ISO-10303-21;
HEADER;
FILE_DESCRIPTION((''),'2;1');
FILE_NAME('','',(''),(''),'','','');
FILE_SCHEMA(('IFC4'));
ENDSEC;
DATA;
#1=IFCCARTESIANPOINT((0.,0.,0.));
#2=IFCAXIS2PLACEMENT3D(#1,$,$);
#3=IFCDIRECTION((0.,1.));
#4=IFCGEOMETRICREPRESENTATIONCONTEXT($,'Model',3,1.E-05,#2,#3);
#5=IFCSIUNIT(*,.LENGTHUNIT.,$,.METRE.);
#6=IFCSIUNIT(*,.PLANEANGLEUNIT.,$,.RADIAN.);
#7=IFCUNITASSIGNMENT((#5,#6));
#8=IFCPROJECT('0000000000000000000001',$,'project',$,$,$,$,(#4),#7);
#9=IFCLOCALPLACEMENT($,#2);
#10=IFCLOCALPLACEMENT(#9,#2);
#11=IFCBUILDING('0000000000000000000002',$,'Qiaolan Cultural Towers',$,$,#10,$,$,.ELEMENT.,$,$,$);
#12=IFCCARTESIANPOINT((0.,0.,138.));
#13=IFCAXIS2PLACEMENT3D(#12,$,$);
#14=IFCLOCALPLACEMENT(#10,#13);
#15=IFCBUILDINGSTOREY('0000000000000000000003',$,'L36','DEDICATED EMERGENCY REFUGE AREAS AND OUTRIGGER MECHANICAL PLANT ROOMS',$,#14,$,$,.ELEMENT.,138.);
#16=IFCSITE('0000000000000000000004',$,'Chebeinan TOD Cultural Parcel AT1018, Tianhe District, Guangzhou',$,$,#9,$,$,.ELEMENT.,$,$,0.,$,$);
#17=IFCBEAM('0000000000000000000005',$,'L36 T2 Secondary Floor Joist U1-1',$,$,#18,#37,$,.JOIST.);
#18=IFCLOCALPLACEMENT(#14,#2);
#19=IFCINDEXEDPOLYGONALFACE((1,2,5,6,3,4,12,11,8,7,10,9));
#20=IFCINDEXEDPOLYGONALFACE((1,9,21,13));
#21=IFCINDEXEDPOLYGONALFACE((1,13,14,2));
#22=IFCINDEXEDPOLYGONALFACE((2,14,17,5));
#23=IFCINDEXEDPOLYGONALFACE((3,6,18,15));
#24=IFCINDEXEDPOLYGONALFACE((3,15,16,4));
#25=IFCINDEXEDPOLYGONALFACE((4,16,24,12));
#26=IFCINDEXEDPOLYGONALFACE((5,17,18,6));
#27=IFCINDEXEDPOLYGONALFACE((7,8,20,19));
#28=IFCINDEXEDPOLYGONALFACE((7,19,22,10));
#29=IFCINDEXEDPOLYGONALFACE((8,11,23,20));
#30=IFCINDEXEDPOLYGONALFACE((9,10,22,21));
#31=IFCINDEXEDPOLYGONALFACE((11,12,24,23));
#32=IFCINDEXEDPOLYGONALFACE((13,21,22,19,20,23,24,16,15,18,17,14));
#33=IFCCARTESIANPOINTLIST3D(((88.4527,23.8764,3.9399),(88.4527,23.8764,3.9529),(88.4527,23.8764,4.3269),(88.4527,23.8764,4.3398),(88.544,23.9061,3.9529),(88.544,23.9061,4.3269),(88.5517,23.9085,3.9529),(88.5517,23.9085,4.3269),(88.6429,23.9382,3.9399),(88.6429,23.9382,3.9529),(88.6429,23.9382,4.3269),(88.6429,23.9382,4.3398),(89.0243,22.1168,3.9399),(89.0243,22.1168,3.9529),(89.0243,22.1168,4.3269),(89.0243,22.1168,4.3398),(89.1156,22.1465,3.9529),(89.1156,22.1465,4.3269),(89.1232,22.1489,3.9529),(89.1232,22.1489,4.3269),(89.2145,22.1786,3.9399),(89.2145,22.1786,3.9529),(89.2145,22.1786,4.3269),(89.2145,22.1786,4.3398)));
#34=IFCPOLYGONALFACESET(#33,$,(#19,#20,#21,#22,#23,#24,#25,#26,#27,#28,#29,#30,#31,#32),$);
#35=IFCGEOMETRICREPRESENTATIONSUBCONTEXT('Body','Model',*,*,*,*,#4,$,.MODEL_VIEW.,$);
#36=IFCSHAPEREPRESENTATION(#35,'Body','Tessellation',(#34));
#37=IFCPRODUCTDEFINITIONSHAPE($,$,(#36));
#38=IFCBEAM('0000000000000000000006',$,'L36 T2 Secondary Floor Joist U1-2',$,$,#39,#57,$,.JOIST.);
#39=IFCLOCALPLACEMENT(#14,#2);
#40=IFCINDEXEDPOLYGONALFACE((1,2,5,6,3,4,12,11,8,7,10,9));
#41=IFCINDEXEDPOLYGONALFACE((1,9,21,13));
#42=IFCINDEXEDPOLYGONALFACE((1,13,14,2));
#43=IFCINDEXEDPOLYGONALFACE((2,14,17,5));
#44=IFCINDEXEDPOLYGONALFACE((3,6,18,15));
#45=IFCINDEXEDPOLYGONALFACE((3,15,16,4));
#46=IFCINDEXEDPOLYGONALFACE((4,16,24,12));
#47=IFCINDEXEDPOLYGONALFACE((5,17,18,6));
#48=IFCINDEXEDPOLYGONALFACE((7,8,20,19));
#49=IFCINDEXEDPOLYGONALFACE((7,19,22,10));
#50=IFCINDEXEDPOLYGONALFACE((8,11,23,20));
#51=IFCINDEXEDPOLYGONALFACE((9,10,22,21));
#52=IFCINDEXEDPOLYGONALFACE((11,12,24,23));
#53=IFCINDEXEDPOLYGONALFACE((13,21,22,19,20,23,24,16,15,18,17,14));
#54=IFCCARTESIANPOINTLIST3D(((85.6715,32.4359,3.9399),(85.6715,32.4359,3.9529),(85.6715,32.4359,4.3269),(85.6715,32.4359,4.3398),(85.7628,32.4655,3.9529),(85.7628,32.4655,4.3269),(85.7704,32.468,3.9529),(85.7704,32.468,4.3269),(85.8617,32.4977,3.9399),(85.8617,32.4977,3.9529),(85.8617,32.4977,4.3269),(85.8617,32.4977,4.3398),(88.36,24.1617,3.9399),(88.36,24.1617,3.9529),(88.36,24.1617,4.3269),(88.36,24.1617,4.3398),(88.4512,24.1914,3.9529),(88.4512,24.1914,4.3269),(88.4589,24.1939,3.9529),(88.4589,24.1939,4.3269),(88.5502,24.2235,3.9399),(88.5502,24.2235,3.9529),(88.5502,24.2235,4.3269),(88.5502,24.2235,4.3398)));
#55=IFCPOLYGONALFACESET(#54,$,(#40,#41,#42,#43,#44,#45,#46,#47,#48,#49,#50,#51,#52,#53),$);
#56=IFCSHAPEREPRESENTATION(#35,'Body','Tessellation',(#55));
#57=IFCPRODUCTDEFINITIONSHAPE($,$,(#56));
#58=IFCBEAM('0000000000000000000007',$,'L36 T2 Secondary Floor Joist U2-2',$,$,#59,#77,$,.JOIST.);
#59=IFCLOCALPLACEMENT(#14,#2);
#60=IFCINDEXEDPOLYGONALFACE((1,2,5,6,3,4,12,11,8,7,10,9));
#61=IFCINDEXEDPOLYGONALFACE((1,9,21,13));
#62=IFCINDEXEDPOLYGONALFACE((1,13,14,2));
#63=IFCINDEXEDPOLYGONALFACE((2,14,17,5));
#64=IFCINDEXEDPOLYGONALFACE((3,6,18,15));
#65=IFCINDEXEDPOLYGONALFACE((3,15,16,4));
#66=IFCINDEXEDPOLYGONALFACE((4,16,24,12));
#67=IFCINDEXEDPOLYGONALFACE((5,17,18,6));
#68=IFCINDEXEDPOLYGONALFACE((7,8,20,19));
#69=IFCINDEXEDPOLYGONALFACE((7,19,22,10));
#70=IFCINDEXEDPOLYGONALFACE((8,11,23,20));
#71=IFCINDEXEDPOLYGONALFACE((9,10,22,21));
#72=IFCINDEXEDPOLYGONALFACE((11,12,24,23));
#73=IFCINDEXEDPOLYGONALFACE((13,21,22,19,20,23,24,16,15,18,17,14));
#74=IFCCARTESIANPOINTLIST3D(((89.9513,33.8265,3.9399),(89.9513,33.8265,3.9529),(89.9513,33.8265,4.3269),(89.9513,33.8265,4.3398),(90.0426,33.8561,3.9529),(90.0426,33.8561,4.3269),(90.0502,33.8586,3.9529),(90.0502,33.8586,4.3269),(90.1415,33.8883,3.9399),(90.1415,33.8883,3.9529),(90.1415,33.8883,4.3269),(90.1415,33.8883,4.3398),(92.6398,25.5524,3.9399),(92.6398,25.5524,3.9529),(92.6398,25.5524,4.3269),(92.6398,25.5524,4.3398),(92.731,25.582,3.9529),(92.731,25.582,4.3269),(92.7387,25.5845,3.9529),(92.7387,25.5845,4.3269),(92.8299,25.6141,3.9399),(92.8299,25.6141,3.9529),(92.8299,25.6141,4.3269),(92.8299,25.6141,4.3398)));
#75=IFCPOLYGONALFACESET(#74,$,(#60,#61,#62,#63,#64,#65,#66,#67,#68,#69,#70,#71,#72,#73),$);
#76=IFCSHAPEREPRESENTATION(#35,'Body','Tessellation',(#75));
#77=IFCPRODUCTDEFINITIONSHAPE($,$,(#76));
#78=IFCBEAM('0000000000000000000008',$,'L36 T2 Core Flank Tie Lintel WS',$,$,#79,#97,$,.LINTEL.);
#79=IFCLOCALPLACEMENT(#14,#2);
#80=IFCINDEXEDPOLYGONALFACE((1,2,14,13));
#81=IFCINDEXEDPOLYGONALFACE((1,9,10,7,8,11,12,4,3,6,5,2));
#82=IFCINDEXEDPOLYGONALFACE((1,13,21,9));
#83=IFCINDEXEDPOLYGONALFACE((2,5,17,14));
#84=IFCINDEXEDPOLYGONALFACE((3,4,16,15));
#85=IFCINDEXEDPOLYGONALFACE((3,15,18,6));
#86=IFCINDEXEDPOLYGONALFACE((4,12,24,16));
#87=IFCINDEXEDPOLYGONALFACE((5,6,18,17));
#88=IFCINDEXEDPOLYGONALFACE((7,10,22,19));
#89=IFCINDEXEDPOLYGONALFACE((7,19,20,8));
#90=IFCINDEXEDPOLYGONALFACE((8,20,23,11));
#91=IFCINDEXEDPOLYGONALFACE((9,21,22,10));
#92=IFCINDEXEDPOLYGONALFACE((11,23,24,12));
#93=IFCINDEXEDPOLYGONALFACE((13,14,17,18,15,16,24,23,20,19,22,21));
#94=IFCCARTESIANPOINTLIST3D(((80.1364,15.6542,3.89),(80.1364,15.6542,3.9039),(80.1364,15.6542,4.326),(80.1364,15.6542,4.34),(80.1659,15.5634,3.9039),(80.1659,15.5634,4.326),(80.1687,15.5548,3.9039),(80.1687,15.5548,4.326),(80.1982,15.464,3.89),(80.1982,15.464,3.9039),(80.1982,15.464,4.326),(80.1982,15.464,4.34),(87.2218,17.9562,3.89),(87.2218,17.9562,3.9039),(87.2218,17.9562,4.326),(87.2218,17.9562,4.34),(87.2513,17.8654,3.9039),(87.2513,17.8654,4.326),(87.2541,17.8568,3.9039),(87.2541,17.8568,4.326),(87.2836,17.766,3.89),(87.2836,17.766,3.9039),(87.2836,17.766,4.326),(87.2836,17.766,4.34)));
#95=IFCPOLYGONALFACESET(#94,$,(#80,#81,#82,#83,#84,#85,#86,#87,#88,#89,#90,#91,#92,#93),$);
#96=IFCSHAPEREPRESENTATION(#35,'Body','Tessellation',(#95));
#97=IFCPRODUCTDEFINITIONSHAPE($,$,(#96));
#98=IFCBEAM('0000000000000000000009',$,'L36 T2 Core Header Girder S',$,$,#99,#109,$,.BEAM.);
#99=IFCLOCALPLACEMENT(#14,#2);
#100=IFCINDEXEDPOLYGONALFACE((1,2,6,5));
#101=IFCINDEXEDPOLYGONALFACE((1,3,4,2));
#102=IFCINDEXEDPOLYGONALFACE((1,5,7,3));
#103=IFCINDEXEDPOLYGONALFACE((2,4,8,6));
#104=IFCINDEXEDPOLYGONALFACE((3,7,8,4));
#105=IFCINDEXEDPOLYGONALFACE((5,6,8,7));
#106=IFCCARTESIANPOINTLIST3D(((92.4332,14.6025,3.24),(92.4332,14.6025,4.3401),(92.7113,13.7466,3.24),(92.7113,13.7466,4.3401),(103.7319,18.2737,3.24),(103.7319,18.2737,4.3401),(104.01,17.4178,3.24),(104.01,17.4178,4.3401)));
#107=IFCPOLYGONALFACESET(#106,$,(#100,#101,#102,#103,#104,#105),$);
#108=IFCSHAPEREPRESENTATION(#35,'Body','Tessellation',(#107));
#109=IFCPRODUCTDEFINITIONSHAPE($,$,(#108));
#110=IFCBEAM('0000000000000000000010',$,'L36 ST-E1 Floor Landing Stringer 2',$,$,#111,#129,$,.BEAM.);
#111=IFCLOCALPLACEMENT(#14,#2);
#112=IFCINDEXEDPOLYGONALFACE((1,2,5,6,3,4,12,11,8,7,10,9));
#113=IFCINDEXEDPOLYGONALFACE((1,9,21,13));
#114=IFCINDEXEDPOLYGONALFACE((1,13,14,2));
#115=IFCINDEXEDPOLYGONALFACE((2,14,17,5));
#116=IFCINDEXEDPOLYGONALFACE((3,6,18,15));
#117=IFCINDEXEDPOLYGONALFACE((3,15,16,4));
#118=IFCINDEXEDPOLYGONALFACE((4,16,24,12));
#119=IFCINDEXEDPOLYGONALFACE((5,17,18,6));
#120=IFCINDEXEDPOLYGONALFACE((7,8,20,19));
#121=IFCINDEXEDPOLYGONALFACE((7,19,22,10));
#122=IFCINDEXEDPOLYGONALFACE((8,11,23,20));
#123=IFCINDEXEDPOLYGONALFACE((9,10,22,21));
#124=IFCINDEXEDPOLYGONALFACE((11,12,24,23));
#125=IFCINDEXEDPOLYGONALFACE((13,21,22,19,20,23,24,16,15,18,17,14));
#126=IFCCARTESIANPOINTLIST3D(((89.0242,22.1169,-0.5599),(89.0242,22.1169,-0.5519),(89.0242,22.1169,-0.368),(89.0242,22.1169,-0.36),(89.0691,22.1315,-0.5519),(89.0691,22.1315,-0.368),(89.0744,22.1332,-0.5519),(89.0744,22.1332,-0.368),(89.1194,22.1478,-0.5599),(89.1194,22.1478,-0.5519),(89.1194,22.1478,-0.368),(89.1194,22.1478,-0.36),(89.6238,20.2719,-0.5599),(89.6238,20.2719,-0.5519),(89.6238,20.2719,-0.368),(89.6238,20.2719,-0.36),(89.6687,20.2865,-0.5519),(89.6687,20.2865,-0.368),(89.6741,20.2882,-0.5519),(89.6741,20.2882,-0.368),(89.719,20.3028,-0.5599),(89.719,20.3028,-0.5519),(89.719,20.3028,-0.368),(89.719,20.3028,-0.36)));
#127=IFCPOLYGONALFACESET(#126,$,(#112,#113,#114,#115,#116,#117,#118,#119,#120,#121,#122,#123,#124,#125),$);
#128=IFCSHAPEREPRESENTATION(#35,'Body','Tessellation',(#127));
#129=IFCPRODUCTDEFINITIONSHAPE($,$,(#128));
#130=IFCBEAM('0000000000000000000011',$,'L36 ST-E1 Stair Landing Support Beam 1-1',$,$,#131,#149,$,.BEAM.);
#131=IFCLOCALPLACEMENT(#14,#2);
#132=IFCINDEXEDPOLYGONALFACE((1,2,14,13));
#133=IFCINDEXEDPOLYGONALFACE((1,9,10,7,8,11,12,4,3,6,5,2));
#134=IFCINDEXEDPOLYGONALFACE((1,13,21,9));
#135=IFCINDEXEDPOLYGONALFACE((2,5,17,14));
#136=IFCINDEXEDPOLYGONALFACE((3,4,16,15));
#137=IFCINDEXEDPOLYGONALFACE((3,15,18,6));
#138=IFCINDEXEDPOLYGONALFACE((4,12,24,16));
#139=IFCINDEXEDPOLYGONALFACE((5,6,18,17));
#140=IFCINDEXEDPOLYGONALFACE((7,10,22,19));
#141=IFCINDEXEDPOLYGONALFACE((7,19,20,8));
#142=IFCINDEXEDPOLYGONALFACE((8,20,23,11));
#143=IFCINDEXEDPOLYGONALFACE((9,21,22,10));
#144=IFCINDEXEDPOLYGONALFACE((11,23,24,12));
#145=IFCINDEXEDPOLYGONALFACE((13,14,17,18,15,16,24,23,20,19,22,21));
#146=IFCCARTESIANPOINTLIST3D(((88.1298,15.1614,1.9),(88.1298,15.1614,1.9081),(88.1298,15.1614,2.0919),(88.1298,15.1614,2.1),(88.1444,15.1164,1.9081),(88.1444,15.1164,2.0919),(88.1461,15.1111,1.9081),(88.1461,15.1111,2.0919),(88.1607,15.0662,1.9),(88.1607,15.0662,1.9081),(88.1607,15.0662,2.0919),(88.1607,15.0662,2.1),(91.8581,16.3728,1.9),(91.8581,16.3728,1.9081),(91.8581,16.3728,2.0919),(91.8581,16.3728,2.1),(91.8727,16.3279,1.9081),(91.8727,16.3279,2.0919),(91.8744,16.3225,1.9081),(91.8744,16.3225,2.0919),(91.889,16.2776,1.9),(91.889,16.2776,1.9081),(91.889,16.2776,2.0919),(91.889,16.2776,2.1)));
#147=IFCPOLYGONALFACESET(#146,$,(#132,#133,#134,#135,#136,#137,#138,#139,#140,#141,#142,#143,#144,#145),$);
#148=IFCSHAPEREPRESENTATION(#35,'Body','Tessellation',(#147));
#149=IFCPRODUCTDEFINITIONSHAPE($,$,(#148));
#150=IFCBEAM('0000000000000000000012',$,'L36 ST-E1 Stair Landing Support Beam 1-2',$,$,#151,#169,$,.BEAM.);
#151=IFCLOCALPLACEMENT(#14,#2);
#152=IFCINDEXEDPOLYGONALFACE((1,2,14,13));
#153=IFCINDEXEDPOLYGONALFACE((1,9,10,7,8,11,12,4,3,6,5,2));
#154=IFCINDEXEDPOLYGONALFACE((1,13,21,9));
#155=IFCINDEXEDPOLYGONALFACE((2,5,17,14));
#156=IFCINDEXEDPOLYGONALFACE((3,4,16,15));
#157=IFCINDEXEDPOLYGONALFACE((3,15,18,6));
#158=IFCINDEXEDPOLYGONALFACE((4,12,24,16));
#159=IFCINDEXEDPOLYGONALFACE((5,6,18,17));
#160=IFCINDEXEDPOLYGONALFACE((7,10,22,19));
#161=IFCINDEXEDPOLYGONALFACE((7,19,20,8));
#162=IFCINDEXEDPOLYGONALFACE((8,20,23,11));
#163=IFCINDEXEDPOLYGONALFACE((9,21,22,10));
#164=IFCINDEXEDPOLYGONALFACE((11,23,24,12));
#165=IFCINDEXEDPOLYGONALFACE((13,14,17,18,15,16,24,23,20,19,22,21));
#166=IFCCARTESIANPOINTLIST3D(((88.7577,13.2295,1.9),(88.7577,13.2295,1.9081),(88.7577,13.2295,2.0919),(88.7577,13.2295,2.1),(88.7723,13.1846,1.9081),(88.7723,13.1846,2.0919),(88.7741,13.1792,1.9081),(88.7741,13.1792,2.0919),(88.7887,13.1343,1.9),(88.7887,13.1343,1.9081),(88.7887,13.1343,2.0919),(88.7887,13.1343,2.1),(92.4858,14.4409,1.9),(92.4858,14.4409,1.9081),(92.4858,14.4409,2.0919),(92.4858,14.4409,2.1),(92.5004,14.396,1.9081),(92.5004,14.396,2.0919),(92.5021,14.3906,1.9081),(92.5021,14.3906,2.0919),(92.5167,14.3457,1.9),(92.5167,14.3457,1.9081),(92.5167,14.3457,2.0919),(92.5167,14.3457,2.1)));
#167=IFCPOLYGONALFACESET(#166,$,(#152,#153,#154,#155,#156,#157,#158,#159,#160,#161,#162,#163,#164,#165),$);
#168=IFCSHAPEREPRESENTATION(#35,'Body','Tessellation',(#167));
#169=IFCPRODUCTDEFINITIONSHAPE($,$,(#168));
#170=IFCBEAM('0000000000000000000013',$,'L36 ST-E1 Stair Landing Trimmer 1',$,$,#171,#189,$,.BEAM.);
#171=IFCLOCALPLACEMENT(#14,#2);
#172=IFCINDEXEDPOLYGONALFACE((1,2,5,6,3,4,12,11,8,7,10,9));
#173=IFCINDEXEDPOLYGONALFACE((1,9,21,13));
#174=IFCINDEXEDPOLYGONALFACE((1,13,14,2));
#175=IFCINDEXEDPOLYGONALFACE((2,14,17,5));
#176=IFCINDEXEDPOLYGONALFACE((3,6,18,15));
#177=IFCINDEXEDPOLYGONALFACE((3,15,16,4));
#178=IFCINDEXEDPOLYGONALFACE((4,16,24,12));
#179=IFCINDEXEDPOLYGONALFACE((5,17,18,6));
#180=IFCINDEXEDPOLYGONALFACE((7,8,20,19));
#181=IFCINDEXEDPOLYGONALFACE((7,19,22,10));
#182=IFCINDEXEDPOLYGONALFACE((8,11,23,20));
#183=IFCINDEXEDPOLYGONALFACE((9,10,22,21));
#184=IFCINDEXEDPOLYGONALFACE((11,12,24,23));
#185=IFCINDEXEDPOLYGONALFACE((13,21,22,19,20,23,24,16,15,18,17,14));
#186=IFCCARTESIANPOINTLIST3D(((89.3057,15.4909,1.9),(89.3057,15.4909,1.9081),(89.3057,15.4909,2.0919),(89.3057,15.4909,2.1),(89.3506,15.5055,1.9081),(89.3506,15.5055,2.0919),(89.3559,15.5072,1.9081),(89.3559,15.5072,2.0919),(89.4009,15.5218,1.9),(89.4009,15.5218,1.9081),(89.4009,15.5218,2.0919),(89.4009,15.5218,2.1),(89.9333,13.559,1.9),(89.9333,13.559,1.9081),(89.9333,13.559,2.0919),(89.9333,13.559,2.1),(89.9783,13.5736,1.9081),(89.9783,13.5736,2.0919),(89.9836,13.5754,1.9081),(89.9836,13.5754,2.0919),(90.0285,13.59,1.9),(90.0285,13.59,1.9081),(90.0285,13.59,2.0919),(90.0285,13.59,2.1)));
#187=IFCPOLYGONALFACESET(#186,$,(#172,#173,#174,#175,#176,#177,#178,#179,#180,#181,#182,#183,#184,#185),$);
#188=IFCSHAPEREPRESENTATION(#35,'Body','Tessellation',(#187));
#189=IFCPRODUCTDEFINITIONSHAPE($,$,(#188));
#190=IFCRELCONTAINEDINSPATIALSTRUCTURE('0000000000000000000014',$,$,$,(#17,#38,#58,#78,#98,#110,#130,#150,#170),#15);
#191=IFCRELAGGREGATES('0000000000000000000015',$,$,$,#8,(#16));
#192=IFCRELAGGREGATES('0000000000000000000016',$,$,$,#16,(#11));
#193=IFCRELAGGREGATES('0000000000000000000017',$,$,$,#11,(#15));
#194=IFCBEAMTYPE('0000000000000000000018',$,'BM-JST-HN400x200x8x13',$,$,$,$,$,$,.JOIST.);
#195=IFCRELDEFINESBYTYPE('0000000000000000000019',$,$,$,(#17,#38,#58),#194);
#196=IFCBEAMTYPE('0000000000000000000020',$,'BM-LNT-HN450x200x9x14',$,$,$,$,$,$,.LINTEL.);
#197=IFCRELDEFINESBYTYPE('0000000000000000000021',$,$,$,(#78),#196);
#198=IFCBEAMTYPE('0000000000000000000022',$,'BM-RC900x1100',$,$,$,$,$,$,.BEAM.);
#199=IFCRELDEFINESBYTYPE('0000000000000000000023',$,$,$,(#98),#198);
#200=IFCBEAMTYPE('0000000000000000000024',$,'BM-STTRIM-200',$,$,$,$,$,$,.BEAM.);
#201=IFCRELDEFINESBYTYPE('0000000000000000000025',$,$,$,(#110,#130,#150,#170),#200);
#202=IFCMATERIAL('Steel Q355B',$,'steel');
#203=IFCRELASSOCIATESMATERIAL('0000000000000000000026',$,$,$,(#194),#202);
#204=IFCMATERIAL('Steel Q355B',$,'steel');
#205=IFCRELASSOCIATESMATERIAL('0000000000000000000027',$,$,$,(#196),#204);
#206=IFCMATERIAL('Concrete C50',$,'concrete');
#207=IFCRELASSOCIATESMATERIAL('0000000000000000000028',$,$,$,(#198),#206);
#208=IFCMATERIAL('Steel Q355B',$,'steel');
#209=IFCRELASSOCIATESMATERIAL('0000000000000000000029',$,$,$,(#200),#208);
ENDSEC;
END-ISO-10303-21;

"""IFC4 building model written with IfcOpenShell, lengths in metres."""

from ifc_helpers import new_model, si_unit, direction, frame, origin, origin_2d, place, context, subcontext, project, spatial, rectangle, i_section, extrude, material, material_profile, profile_set, type_object, element, save


model = new_model("IFC4")

# Units and contexts
model_context = context("Model", 3, precision=1e-05, world=origin(), true_north=direction((0.0, 1.0)))
body_context = subcontext(model_context, "Body", "Model", "MODEL_VIEW")
ifc_project = project(units=[si_unit("LENGTHUNIT", "METRE"), si_unit("PLANEANGLEUNIT", "RADIAN")], contexts=[model_context])

# Site, building, storey
site_placement = place(None, origin())
site = spatial("IfcSite", under=ifc_project, at=site_placement, Name="Chebeinan TOD Cultural Parcel AT1018, Tianhe District, Guangzhou", CompositionType="ELEMENT", RefElevation=0.0)
building_placement = place(site_placement, origin())
building = spatial("IfcBuilding", under=site, at=building_placement, Name="Qiaolan Cultural Towers", CompositionType="ELEMENT")
storey_placement = place(building_placement, frame((0.0, 0.0, 138.0)))
storey = spatial("IfcBuildingStorey", under=building, at=storey_placement, Name="L36", Description="DEDICATED EMERGENCY REFUGE AREAS AND OUTRIGGER MECHANICAL PLANT ROOMS", CompositionType="ELEMENT", Elevation=138.0)

# Beams
ifc_material_1 = material(Name="Steel Q355B", Category="steel")
ifc_material_profile_1 = material_profile(ifc_material_1, i_section(OverallWidth=0.2, OverallDepth=0.3999, WebThickness=0.0081, FlangeThickness=0.0129, at=origin_2d()), Name="HN400x200x8x13")
ifc_profile_set_1 = profile_set([ifc_material_profile_1], Name="Steel Q355B")
beam_type_1 = type_object("IfcBeamType", Name="BM-JST-HN400x200x8x13", PredefinedType="JOIST", material=ifc_profile_set_1)
beam_1_placement = place(storey_placement, frame((89.1194, 22.1477, 4.1399), z_axis=(-0.308934, 0.951084, 0.0), x_axis=(-0.951084, -0.308934, 0.0)))
element("IfcBeam", 1, at=beam_1_placement, inside=storey, type_object=beam_type_1, Name="L36 T2 Secondary Floor Joist U1-1", PredefinedType="JOIST", context=body_context, shape_type="SweptSolid", body=[
    extrude(i_section(OverallWidth=0.2, OverallDepth=0.3999, WebThickness=0.0081, FlangeThickness=0.0129, at=origin_2d()), origin(), (0.0, 0.0, 1.0), 1.8501),
])
for number, where, z_axis, x_axis, name in (
    (2, (88.4551, 24.1926, 4.1399), (-0.309021, 0.951055, 0.0), (-0.951055, -0.309021, 0.0), "L36 T2 Secondary Floor Joist U1-2"),
    (3, (92.7349, 25.5833, 4.1399), (-0.309021, 0.951055, 0.0), (-0.951055, -0.309021, 0.0), "L36 T2 Secondary Floor Joist U2-2"),
):
    element("IfcBeam", number, at=place(storey_placement, frame(where, z_axis=z_axis, x_axis=x_axis)), inside=storey, type_object=beam_type_1, Name=name, PredefinedType="JOIST", context=body_context, shape_type="SweptSolid", body=[
        extrude(i_section(OverallWidth=0.2, OverallDepth=0.3999, WebThickness=0.0081, FlangeThickness=0.0129, at=origin_2d()), origin(), (0.0, 0.0, 1.0), 8.7),
    ])
ifc_material_2 = material(Name="Steel Q355B", Category="steel")
ifc_material_profile_2 = material_profile(ifc_material_2, i_section(OverallWidth=0.2, OverallDepth=0.45, WebThickness=0.009, FlangeThickness=0.0139, at=origin_2d()), Name="HN450x200x9x14")
ifc_profile_set_2 = profile_set([ifc_material_profile_2], Name="Steel Q355B")
beam_type_2 = type_object("IfcBeamType", Name="BM-LNT-HN450x200x9x14", PredefinedType="LINTEL", material=ifc_profile_set_2)
beam_2_placement = place(storey_placement, frame((87.2527, 17.8611, 4.115), z_axis=(-0.951064, -0.308993, 0.0), x_axis=(0.308993, -0.951064, 0.0)))
element("IfcBeam", 4, at=beam_2_placement, inside=storey, type_object=beam_type_2, Name="L36 T2 Core Flank Tie Lintel WS", PredefinedType="LINTEL", context=body_context, shape_type="SweptSolid", body=[
    extrude(i_section(OverallWidth=0.2, OverallDepth=0.45, WebThickness=0.009, FlangeThickness=0.0139, at=origin_2d()), origin(), (0.0, 0.0, 1.0), 7.45),
])
ifc_material_3 = material(Name="Concrete C50", Category="concrete")
ifc_material_profile_3 = material_profile(ifc_material_3, rectangle(XDim=0.8999, YDim=1.1001, at=origin_2d()), Name="RC900x1100")
ifc_profile_set_3 = profile_set([ifc_material_profile_3], Name="Concrete C50")
beam_type_3 = type_object("IfcBeamType", Name="BM-RC900x1100", PredefinedType="BEAM", material=ifc_profile_set_3)
beam_3_placement = place(storey_placement, frame((92.5723, 14.1746, 3.79), z_axis=(0.951056, 0.309018, 0.0), x_axis=(-0.309018, 0.951056, 0.0)))
element("IfcBeam", 5, at=beam_3_placement, inside=storey, type_object=beam_type_3, Name="L36 T2 Core Header Girder S", PredefinedType="BEAM", context=body_context, shape_type="SweptSolid", body=[
    extrude(rectangle(XDim=0.8999, YDim=1.1001, at=origin_2d()), origin(), (0.0, 0.0, 1.0), 11.8801),
])
ifc_material_4 = material(Name="Steel Q355B", Category="steel")
ifc_material_profile_4 = material_profile(ifc_material_4, i_section(OverallWidth=0.1001, OverallDepth=0.2, WebThickness=0.0056, FlangeThickness=0.0081, at=origin_2d()), Name="HN200x100x5.5x8")
ifc_profile_set_4 = profile_set([ifc_material_profile_4], Name="Steel Q355B")
beam_type_4 = type_object("IfcBeamType", Name="BM-STTRIM-200", PredefinedType="BEAM", material=ifc_profile_set_4)
beam_4_placement = place(storey_placement, frame((89.0718, 22.1323, -0.46), z_axis=(0.309083, -0.951035, 0.0), x_axis=(0.951035, 0.309083, 0.0)))
element("IfcBeam", 6, at=beam_4_placement, inside=storey, type_object=beam_type_4, Name="L36 ST-E1 Floor Landing Stringer 2", PredefinedType="BEAM", context=body_context, shape_type="SweptSolid", body=[
    extrude(i_section(OverallWidth=0.1001, OverallDepth=0.2, WebThickness=0.0056, FlangeThickness=0.0081, at=origin_2d()), origin(), (0.0, 0.0, 1.0), 1.9399),
])
beam_5_placement = place(storey_placement, frame((88.1453, 15.1138, 2.0), z_axis=(0.951054, 0.309026, 0.0), x_axis=(-0.309026, 0.951054, 0.0)))
element("IfcBeam", 7, at=beam_5_placement, inside=storey, type_object=beam_type_4, Name="L36 ST-E1 Stair Landing Support Beam 1-1", PredefinedType="BEAM", context=body_context, shape_type="SweptSolid", body=[
    extrude(i_section(OverallWidth=0.1001, OverallDepth=0.2, WebThickness=0.0056, FlangeThickness=0.0081, at=origin_2d()), origin(), (0.0, 0.0, 1.0), 3.9202),
])
beam_6_placement = place(storey_placement, frame((88.7732, 13.1819, 2.0), z_axis=(0.951048, 0.309044, 0.0), x_axis=(-0.309044, 0.951048, 0.0)))
element("IfcBeam", 8, at=beam_6_placement, inside=storey, type_object=beam_type_4, Name="L36 ST-E1 Stair Landing Support Beam 1-2", PredefinedType="BEAM", context=body_context, shape_type="SweptSolid", body=[
    extrude(i_section(OverallWidth=0.1001, OverallDepth=0.2, WebThickness=0.0056, FlangeThickness=0.0081, at=origin_2d()), origin(), (0.0, 0.0, 1.0), 3.9199),
])
beam_7_placement = place(storey_placement, frame((89.3533, 15.5063, 2.0), z_axis=(0.309007, -0.95106, 0.0), x_axis=(0.95106, 0.309007, 0.0)))
element("IfcBeam", 9, at=beam_7_placement, inside=storey, type_object=beam_type_4, Name="L36 ST-E1 Stair Landing Trimmer 1", PredefinedType="BEAM", context=body_context, shape_type="SweptSolid", body=[
    extrude(i_section(OverallWidth=0.1001, OverallDepth=0.2, WebThickness=0.0056, FlangeThickness=0.0081, at=origin_2d()), origin(), (0.0, 0.0, 1.0), 2.0312),
])

save(model, "model.ifc")
